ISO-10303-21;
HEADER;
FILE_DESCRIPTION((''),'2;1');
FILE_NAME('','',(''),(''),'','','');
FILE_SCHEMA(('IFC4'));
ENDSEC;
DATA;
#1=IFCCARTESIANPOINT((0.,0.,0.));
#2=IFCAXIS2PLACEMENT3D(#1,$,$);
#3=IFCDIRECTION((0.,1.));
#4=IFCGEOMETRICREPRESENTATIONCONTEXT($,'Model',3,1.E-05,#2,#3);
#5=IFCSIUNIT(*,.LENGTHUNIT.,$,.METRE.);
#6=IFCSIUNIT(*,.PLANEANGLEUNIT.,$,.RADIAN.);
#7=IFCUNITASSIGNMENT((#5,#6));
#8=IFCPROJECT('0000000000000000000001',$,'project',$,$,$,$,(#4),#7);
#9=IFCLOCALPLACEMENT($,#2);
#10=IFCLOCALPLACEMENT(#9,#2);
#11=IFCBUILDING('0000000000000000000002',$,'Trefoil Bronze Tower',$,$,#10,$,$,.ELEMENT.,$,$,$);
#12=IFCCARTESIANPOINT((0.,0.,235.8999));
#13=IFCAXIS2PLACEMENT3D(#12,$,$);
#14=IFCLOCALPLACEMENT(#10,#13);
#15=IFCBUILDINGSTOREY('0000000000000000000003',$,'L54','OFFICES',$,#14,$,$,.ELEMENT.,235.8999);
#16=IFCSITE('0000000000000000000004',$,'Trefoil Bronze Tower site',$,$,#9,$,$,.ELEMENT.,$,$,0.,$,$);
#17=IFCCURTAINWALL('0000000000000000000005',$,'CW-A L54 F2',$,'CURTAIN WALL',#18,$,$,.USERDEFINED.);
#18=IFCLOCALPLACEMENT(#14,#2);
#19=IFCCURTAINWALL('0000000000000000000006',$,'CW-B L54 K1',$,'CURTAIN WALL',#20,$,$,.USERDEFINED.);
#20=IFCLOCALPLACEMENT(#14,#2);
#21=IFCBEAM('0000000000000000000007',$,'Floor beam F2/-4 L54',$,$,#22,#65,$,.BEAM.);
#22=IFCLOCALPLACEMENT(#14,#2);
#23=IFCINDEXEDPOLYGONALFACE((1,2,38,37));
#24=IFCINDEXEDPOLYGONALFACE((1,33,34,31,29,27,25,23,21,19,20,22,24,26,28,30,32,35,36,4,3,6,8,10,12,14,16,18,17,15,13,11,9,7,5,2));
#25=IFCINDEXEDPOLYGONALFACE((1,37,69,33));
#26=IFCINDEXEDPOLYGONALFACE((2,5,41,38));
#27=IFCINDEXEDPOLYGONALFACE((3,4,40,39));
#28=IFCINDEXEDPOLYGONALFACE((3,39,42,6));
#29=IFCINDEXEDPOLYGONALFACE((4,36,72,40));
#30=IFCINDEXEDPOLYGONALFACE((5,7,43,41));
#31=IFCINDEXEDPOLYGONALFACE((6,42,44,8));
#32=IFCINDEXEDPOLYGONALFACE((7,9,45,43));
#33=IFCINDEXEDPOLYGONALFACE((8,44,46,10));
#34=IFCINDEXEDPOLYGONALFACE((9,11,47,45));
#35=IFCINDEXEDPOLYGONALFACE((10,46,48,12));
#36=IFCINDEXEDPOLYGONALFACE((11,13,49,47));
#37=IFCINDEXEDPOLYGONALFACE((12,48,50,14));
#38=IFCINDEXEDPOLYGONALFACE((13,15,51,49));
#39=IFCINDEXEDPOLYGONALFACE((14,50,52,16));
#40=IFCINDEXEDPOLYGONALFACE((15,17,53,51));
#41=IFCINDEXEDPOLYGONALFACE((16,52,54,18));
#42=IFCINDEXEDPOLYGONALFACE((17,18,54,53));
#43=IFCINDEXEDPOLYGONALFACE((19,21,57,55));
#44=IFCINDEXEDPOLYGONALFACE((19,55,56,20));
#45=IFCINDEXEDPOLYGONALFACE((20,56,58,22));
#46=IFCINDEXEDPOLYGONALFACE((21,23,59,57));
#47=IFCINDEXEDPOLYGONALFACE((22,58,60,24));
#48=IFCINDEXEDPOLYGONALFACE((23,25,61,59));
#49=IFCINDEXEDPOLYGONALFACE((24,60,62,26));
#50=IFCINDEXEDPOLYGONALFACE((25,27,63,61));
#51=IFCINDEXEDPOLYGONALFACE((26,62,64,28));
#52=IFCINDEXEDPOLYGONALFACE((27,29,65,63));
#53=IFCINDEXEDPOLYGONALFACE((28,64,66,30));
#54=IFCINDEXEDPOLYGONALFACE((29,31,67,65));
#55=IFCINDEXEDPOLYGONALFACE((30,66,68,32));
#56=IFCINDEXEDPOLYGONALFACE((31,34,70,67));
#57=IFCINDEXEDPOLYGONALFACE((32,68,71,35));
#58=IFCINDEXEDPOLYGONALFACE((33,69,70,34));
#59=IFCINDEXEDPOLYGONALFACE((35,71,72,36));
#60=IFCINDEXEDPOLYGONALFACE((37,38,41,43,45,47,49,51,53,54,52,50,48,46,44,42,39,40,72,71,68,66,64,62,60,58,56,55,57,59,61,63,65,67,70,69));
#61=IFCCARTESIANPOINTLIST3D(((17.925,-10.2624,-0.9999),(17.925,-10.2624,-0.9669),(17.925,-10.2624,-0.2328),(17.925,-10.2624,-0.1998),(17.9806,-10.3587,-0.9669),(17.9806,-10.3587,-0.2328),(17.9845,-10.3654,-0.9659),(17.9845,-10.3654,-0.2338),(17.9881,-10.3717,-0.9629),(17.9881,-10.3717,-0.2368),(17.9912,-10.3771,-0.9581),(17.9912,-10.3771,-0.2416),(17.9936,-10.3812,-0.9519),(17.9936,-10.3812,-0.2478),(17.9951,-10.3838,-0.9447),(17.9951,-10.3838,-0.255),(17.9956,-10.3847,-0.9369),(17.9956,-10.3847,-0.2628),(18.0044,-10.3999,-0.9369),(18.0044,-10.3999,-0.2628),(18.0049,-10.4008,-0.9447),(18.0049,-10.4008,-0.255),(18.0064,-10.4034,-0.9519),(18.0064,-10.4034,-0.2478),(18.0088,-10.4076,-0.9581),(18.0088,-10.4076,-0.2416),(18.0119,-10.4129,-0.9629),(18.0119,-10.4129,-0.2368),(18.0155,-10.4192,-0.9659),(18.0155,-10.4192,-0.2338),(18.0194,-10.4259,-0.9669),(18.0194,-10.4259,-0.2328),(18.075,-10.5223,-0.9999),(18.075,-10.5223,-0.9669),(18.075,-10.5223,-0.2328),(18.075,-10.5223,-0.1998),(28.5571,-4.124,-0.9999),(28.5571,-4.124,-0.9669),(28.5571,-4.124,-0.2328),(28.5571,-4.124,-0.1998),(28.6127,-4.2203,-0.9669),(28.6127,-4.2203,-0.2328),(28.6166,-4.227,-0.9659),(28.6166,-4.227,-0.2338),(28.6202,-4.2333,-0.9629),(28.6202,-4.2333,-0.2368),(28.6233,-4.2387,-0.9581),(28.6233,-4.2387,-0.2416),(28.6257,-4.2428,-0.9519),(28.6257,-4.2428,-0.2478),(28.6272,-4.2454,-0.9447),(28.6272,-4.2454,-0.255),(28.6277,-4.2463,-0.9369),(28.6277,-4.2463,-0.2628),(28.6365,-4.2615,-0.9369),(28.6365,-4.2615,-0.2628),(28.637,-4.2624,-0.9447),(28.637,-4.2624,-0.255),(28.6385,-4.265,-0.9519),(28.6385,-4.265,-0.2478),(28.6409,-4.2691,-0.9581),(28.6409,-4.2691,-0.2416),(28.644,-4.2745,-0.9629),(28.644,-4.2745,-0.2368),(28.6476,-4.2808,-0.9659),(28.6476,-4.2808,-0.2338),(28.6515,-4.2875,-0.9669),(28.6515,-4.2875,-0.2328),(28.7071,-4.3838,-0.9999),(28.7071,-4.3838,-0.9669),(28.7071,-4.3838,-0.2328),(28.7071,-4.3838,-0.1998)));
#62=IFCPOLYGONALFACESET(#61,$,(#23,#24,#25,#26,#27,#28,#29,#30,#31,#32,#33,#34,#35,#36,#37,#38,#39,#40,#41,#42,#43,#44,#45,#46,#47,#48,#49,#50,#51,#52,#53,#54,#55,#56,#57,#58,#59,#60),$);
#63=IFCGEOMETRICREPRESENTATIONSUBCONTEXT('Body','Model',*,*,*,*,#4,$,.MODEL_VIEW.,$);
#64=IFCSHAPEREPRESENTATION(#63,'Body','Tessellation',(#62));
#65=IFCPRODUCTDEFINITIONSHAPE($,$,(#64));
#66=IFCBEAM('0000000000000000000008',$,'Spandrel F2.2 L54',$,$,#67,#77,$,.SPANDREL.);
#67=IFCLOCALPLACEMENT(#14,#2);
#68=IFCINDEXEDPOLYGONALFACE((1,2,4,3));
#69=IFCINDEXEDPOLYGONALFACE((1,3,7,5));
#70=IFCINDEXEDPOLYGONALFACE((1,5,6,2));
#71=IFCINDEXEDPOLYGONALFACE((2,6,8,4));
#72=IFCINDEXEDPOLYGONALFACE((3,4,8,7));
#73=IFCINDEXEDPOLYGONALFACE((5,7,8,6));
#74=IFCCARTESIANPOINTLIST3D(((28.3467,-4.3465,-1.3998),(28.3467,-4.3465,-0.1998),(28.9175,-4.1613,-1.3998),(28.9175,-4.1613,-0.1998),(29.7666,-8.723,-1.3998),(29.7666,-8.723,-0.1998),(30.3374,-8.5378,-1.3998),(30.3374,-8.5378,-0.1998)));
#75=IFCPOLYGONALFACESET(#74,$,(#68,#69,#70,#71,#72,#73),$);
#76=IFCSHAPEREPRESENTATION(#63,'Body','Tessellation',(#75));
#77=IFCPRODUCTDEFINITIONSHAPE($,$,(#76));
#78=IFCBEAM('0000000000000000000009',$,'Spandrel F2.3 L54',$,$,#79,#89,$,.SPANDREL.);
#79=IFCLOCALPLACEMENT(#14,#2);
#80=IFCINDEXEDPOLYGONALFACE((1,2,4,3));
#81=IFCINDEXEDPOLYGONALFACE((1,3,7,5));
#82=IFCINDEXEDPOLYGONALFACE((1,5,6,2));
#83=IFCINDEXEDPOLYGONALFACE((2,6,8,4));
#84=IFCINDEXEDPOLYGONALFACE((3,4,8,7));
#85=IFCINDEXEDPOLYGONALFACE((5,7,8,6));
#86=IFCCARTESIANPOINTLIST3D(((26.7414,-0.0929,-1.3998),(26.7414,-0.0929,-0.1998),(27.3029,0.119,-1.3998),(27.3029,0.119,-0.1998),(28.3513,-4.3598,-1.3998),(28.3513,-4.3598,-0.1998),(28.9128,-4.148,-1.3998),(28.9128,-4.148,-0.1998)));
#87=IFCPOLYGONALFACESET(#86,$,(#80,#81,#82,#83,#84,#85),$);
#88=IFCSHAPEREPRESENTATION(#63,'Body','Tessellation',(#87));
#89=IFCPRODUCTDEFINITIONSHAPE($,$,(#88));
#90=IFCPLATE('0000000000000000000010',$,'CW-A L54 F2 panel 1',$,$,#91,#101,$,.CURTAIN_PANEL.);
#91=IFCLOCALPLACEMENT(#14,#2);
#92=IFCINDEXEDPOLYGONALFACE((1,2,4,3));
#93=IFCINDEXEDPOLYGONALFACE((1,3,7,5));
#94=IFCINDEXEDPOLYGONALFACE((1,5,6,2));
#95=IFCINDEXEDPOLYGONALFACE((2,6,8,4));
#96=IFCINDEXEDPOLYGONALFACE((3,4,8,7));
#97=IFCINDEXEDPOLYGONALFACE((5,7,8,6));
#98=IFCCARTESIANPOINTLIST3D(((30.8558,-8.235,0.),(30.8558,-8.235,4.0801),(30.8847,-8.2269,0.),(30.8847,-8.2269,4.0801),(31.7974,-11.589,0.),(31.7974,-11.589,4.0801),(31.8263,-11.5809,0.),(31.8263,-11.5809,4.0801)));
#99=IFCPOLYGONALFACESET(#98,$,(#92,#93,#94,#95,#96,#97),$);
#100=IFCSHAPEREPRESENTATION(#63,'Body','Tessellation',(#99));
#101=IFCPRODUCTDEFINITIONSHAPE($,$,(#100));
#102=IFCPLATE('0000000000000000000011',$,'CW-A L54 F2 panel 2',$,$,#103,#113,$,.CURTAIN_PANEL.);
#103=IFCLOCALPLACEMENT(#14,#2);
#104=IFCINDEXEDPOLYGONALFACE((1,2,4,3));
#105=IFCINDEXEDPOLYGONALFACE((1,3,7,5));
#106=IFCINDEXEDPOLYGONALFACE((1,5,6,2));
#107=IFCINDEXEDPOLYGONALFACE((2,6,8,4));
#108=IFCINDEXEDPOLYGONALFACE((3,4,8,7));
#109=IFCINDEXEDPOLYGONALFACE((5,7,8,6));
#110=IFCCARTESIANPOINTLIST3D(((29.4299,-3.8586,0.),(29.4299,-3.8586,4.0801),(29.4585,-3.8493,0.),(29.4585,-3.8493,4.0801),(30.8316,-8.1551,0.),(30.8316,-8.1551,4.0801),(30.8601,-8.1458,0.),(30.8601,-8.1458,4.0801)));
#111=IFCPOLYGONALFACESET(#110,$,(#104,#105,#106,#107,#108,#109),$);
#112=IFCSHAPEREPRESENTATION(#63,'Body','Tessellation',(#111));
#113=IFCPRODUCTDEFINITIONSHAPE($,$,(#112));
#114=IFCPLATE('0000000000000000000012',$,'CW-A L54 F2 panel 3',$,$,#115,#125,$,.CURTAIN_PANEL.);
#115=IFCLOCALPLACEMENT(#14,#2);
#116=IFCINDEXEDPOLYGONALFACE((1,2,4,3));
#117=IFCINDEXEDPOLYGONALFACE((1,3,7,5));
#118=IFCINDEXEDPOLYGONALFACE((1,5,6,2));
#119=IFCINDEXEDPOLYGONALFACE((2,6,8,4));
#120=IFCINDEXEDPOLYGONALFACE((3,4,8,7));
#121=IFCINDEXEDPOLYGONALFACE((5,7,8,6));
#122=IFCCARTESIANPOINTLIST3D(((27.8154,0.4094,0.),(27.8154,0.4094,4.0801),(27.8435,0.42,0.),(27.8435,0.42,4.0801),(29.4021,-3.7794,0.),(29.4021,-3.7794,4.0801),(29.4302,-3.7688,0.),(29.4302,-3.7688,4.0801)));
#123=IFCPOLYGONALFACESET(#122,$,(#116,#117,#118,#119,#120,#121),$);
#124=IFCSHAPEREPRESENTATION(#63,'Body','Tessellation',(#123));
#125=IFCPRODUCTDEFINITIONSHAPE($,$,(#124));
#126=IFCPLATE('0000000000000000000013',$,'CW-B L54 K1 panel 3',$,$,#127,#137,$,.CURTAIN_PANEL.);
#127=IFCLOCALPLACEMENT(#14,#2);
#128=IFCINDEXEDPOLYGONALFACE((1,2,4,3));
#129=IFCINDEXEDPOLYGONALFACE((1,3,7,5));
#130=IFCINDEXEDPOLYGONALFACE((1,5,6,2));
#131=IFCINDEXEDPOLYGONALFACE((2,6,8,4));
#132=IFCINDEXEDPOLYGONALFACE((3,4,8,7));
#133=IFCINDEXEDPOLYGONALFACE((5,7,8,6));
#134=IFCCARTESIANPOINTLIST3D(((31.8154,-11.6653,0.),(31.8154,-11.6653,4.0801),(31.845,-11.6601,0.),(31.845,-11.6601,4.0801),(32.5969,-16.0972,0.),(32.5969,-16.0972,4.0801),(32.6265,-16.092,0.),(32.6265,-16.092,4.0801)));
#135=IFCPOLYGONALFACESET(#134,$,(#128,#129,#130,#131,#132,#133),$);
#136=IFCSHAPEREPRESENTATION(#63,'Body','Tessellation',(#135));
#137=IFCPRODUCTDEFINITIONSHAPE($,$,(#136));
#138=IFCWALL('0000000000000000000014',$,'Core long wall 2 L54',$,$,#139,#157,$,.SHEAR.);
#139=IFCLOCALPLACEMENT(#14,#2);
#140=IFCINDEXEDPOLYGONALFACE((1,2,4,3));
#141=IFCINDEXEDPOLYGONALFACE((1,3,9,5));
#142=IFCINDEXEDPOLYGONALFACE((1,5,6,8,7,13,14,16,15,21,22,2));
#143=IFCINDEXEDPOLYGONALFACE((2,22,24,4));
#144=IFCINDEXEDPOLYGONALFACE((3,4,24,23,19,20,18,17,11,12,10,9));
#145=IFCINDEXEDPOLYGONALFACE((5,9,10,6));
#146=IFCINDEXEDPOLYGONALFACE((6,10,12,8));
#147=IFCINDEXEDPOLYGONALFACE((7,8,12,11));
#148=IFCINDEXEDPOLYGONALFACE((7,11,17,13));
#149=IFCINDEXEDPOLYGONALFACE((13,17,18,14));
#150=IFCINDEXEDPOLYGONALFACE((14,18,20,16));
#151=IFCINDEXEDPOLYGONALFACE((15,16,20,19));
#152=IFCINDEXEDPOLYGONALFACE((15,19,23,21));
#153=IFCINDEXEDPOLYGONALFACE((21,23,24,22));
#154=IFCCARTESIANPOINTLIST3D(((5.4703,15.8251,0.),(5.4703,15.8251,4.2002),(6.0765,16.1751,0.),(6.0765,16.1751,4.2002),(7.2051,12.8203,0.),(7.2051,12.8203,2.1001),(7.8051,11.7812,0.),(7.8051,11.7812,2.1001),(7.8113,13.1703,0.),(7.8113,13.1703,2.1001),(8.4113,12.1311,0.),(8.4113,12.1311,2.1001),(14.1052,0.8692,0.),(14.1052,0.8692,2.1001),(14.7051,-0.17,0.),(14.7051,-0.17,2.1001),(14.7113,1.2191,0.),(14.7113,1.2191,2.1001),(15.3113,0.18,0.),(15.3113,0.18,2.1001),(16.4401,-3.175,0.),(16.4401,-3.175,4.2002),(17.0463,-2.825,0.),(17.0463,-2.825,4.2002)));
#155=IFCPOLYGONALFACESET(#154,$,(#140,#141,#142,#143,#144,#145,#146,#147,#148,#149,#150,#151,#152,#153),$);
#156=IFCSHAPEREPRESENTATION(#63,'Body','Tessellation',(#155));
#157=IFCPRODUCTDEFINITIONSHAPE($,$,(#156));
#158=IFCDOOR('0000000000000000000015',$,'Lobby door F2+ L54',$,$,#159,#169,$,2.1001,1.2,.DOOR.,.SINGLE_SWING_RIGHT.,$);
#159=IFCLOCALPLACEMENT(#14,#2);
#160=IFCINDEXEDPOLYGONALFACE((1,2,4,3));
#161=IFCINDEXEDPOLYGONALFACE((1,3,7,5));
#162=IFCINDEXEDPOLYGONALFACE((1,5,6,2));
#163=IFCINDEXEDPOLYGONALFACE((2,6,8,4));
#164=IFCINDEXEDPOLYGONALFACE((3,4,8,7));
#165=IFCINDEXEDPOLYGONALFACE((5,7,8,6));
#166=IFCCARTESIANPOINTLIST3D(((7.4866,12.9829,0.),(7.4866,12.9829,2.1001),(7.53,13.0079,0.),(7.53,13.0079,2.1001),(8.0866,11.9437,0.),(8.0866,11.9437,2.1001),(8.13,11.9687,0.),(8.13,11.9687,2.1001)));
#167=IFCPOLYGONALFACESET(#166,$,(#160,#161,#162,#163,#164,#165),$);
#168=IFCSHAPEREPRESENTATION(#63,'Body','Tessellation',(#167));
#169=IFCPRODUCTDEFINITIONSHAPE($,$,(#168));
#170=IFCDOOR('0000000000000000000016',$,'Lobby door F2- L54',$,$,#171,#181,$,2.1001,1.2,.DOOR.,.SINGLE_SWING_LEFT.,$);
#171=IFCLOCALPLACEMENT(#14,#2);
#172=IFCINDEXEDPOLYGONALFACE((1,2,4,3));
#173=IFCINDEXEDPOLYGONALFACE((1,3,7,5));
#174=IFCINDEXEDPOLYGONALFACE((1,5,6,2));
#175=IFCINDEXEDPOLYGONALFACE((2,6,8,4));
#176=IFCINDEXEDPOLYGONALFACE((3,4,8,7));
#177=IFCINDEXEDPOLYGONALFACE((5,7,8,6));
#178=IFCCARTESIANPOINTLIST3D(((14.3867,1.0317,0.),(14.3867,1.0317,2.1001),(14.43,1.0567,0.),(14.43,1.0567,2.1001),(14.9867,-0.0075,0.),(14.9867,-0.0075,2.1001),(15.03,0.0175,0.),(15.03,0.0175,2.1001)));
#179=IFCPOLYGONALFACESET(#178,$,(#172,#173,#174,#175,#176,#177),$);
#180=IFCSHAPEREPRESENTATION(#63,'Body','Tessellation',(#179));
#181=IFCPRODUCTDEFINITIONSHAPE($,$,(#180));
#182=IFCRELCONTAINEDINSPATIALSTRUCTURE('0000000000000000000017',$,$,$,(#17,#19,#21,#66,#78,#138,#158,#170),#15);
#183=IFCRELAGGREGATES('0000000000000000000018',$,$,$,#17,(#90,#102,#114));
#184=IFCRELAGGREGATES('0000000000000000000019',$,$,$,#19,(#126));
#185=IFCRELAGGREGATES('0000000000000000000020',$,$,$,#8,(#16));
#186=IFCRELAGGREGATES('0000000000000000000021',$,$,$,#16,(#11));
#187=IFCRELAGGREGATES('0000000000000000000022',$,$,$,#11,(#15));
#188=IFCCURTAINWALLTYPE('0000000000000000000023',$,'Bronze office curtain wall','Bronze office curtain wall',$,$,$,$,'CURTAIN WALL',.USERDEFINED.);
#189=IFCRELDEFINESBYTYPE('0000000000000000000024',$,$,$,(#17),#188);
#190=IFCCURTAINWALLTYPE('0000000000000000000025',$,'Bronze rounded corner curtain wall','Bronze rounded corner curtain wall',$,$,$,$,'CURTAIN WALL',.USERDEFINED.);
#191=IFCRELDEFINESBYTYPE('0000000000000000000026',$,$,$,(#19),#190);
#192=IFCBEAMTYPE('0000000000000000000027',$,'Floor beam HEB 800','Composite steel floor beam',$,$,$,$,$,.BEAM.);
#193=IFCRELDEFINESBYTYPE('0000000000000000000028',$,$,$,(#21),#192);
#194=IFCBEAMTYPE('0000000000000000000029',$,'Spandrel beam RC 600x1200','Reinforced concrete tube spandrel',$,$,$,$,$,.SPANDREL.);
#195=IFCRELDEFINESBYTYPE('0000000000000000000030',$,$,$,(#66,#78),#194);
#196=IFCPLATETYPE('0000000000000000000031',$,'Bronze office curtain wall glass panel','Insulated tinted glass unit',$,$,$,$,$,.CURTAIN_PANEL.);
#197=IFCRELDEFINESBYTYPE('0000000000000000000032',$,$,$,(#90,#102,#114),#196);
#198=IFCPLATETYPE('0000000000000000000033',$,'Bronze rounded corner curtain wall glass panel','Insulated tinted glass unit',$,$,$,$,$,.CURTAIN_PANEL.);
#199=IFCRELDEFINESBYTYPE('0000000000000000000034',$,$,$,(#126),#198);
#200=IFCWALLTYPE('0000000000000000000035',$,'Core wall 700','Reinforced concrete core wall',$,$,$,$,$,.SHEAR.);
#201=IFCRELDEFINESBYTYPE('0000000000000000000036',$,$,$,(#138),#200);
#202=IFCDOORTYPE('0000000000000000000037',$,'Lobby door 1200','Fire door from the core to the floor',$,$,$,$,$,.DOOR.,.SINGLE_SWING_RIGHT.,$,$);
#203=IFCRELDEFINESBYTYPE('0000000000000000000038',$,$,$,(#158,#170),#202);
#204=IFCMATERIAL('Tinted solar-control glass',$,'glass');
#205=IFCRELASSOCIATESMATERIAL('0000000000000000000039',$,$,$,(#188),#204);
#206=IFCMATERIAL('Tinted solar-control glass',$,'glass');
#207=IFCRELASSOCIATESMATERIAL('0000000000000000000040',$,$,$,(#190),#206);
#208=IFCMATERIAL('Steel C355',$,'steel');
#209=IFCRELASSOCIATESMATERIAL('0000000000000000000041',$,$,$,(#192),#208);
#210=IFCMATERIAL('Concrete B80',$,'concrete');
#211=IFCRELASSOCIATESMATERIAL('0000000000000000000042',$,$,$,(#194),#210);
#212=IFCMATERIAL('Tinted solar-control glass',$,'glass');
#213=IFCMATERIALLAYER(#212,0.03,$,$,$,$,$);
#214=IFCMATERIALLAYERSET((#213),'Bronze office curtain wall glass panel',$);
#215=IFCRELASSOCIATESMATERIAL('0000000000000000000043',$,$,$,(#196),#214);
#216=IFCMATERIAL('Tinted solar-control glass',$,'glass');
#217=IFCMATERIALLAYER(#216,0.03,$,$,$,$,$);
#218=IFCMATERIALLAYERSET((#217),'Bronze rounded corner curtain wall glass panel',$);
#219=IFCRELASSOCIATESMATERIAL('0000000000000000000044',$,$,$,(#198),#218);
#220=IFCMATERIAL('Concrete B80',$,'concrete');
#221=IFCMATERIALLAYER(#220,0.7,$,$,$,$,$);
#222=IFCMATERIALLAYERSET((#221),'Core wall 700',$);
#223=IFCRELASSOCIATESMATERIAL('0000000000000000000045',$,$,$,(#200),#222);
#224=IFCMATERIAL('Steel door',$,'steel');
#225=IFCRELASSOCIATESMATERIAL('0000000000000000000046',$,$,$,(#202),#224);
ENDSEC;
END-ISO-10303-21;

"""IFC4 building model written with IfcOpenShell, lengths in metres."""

from ifc_helpers import new_model, si_unit, direction, frame, frame_2d, origin, origin_2d, place, context, subcontext, project, spatial, rectangle, i_section, extrude, material, layer, layer_set, material_profile, profile_set, type_object, element, fill, aggregate, save


model = new_model("IFC4")

# Units and contexts
model_context = context("Model", 3, precision=1e-05, world=origin(), true_north=direction((0.0, 1.0)))
body_context = subcontext(model_context, "Body", "Model", "MODEL_VIEW")
ifc_project = project(units=[si_unit("LENGTHUNIT", "METRE"), si_unit("PLANEANGLEUNIT", "RADIAN")], contexts=[model_context])

# Site, building, storey
site_placement = place(None, origin())
site = spatial("IfcSite", under=ifc_project, at=site_placement, Name="Trefoil Bronze Tower site", CompositionType="ELEMENT", RefElevation=0.0)
building_placement = place(site_placement, origin())
building = spatial("IfcBuilding", under=site, at=building_placement, Name="Trefoil Bronze Tower", CompositionType="ELEMENT")
storey_placement = place(building_placement, frame((0.0, 0.0, 235.8999)))
storey = spatial("IfcBuildingStorey", under=building, at=storey_placement, Name="L54", Description="OFFICES", CompositionType="ELEMENT", Elevation=235.8999)

# Curtain walls
ifc_material_1 = material(Name="Tinted solar-control glass", Category="glass")
curtain_wall_type_1 = type_object("IfcCurtainWallType", Name="Bronze office curtain wall", Description="Bronze office curtain wall", ElementType="CURTAIN WALL", PredefinedType="USERDEFINED", material=ifc_material_1)
curtain_wall_1_placement = place(storey_placement, origin())
curtain_wall_1 = element("IfcCurtainWall", 1, at=curtain_wall_1_placement, inside=storey, type_object=curtain_wall_type_1, Name="CW-A L54 F2", ObjectType="CURTAIN WALL", PredefinedType="USERDEFINED")
ifc_material_2 = material(Name="Tinted solar-control glass", Category="glass")
curtain_wall_type_2 = type_object("IfcCurtainWallType", Name="Bronze rounded corner curtain wall", Description="Bronze rounded corner curtain wall", ElementType="CURTAIN WALL", PredefinedType="USERDEFINED", material=ifc_material_2)
curtain_wall_2_placement = place(storey_placement, origin())
curtain_wall_2 = element("IfcCurtainWall", 2, at=curtain_wall_2_placement, inside=storey, type_object=curtain_wall_type_2, Name="CW-B L54 K1", ObjectType="CURTAIN WALL", PredefinedType="USERDEFINED")

# Beams
ifc_material_3 = material(Name="Steel C355", Category="steel")
ifc_material_profile_1 = material_profile(ifc_material_3, i_section(OverallWidth=0.3, OverallDepth=0.8, WebThickness=0.0176, FlangeThickness=0.033, FilletRadius=0.03, at=origin_2d()), Name="HEB 800")
ifc_profile_set_1 = profile_set([ifc_material_profile_1], Name="Steel C355")
beam_type_1 = type_object("IfcBeamType", Name="Floor beam HEB 800", Description="Composite steel floor beam", PredefinedType="BEAM", material=ifc_profile_set_1)
beam_1_placement = place(storey_placement, frame((28.6321, -4.2539, -0.5999), z_axis=(-0.866026, -0.5, 0.0), x_axis=(0.5, -0.866026, 0.0)))
element("IfcBeam", 3, at=beam_1_placement, inside=storey, type_object=beam_type_1, Name="Floor beam F2/-4 L54", PredefinedType="BEAM", context=body_context, shape_type="SweptSolid", body=[
    extrude(i_section(OverallWidth=0.3, OverallDepth=0.8, WebThickness=0.0176, FlangeThickness=0.033, FilletRadius=0.03, at=origin_2d()), origin(), (0.0, 0.0, 1.0), 12.2769),
])
ifc_material_4 = material(Name="Concrete B80", Category="concrete")
ifc_material_profile_2 = material_profile(ifc_material_4, rectangle(XDim=0.6001, YDim=1.2, at=origin_2d()), Name="RC 600x1200")
ifc_profile_set_2 = profile_set([ifc_material_profile_2], Name="Concrete B80")
beam_type_2 = type_object("IfcBeamType", Name="Spandrel beam RC 600x1200", Description="Reinforced concrete tube spandrel", PredefinedType="SPANDREL", material=ifc_profile_set_2)
beam_2_placement = place(storey_placement, frame((30.052, -8.6304, -0.7998), z_axis=(-0.308609, 0.951189, 0.0), x_axis=(-0.951189, -0.308609, 0.0)))
element("IfcBeam", 4, at=beam_2_placement, inside=storey, type_object=beam_type_2, Name="Spandrel F2.2 L54", PredefinedType="SPANDREL", context=body_context, shape_type="SweptSolid", body=[
    extrude(rectangle(XDim=0.6001, YDim=1.2, at=origin_2d()), origin(), (0.0, 0.0, 1.0), 4.6011),
])
beam_3_placement = place(storey_placement, frame((28.6321, -4.2539, -0.7998), z_axis=(-0.353006, 0.935621, 0.0), x_axis=(-0.935621, -0.353006, 0.0)))
element("IfcBeam", 5, at=beam_3_placement, inside=storey, type_object=beam_type_2, Name="Spandrel F2.3 L54", PredefinedType="SPANDREL", context=body_context, shape_type="SweptSolid", body=[
    extrude(rectangle(XDim=0.6001, YDim=1.2, at=origin_2d()), origin(), (0.0, 0.0, 1.0), 4.5605),
])

# Plates
ifc_material_5 = material(Name="Tinted solar-control glass", Category="glass")
ifc_layer_1 = layer(ifc_material_5, 0.03)
ifc_layer_set_1 = layer_set([ifc_layer_1], Name="Bronze office curtain wall glass panel")
plate_type_1 = type_object("IfcPlateType", Name="Bronze office curtain wall glass panel", Description="Insulated tinted glass unit", PredefinedType="CURTAIN_PANEL", material=ifc_layer_set_1)
plate_1_placement = place(storey_placement, frame((31.3411, -9.908, 0.0), z_axis=(0.0, 0.0, 1.0), x_axis=(-0.270282, 0.962781, 0.0)))
plate_1 = element("IfcPlate", 6, at=plate_1_placement, type_object=plate_type_1, Name="CW-A L54 F2 panel 1", PredefinedType="CURTAIN_PANEL", context=body_context, shape_type="SweptSolid", body=[
    extrude(rectangle(XDim=3.4836, YDim=0.03, at=origin_2d()), origin(), (0.0, 0.0, 1.0), 4.0801),
])
plate_2_placement = place(storey_placement, frame((30.145, -6.0022, 0.0), z_axis=(0.0, 0.0, 1.0), x_axis=(-0.310149, 0.950688, 0.0)))
plate_2 = element("IfcPlate", 7, at=plate_2_placement, type_object=plate_type_1, Name="CW-A L54 F2 panel 2", PredefinedType="CURTAIN_PANEL", context=body_context, shape_type="SweptSolid", body=[
    extrude(rectangle(XDim=4.5193, YDim=0.03, at=origin_2d()), origin(), (0.0, 0.0, 1.0), 4.0801),
])
plate_3_placement = place(storey_placement, frame((28.6228, -1.6797, 0.0), z_axis=(0.0, 0.0, 1.0), x_axis=(-0.354234, 0.935157, 0.0)))
plate_3 = element("IfcPlate", 8, at=plate_3_placement, type_object=plate_type_1, Name="CW-A L54 F2 panel 3", PredefinedType="CURTAIN_PANEL", context=body_context, shape_type="SweptSolid", body=[
    extrude(rectangle(XDim=4.4792, YDim=0.03, at=origin_2d()), origin(), (0.0, 0.0, 1.0), 4.0801),
])
aggregate(curtain_wall_1, [plate_1, plate_2, plate_3])
ifc_material_6 = material(Name="Tinted solar-control glass", Category="glass")
ifc_layer_2 = layer(ifc_material_6, 0.03)
ifc_layer_set_2 = layer_set([ifc_layer_2], Name="Bronze rounded corner curtain wall glass panel")
plate_type_2 = type_object("IfcPlateType", Name="Bronze rounded corner curtain wall glass panel", Description="Insulated tinted glass unit", PredefinedType="CURTAIN_PANEL", material=ifc_layer_set_2)
plate_4_placement = place(storey_placement, frame((32.2209, -13.8787, 0.0), z_axis=(0.0, 0.0, 1.0), x_axis=(-0.173648, 0.984808, 0.0)))
plate_4 = element("IfcPlate", 9, at=plate_4_placement, type_object=plate_type_2, Name="CW-B L54 K1 panel 3", PredefinedType="CURTAIN_PANEL", context=body_context, shape_type="SweptSolid", body=[
    extrude(rectangle(XDim=4.5002, YDim=0.03, at=origin_2d()), origin(), (0.0, 0.0, 1.0), 4.0801),
])
aggregate(curtain_wall_2, [plate_4])

# Wall, openings, doors
ifc_material_7 = material(Name="Concrete B80", Category="concrete")
ifc_layer_3 = layer(ifc_material_7, 0.7)
ifc_layer_set_3 = layer_set([ifc_layer_3], Name="Core wall 700")
wall_type_1 = type_object("IfcWallType", Name="Core wall 700", Description="Reinforced concrete core wall", PredefinedType="SHEAR", material=ifc_layer_set_3)
wall_1_placement = place(storey_placement, frame((16.7432, -3.0, 0.0), z_axis=(0.0, 0.0, 1.0), x_axis=(-0.500002, 0.866024, 0.0)))
wall_1 = element("IfcWall", 10, at=wall_1_placement, inside=storey, type_object=wall_type_1, Name="Core long wall 2 L54", PredefinedType="SHEAR", context=body_context, shape_type="SweptSolid", body=[
    extrude(rectangle(XDim=21.9395, YDim=0.7, at=frame_2d((10.9697, 0.0))), origin(), (0.0, 0.0, 1.0), 4.2002),
])
opening_1_placement = place(wall_1_placement, frame((17.2698, 0.0, 0.0)))
opening_1 = element("IfcOpeningElement", 11, at=opening_1_placement, cuts=wall_1, PredefinedType="OPENING", context=body_context, shape_type="SweptSolid", body=[
    extrude(rectangle(XDim=1.2, YDim=2.1001, at=frame_2d((0.6001, 1.05))), frame((0.0, 0.3599, 0.0), z_axis=(0.0, -1.0, 0.0), x_axis=(1.0, 0.0, 0.0)), (0.0, 0.0, 1.0), 0.72),
])
opening_2_placement = place(wall_1_placement, frame((3.4697, 0.0, 0.0)))
opening_2 = element("IfcOpeningElement", 12, at=opening_2_placement, cuts=wall_1, PredefinedType="OPENING", context=body_context, shape_type="SweptSolid", body=[
    extrude(rectangle(XDim=1.2, YDim=2.1001, at=frame_2d((0.6001, 1.05))), frame((0.0, 0.3599, 0.0), z_axis=(0.0, -1.0, 0.0), x_axis=(1.0, 0.0, 0.0)), (0.0, 0.0, 1.0), 0.72),
])
ifc_material_8 = material(Name="Steel door", Category="steel")
door_type_1 = type_object("IfcDoorType", Name="Lobby door 1200", Description="Fire door from the core to the floor", OperationType="SINGLE_SWING_RIGHT", PredefinedType="DOOR", material=ifc_material_8)
door_1_placement = place(opening_1_placement, origin())
door_1 = element("IfcDoor", 13, at=door_1_placement, inside=storey, type_object=door_type_1, Name="Lobby door F2+ L54", OperationType="SINGLE_SWING_RIGHT", OverallHeight=2.1001, OverallWidth=1.2, PredefinedType="DOOR", context=body_context, shape_type="SweptSolid", body=[
    extrude(rectangle(XDim=1.2, YDim=2.1001, at=frame_2d((0.6001, 1.05))), frame((0.0, 0.0249, 0.0), z_axis=(0.0, -1.0, 0.0), x_axis=(1.0, 0.0, 0.0)), (0.0, 0.0, 1.0), 0.05),
])
fill(opening_1, door_1)
door_2_placement = place(opening_2_placement, origin())
door_2 = element("IfcDoor", 14, at=door_2_placement, inside=storey, type_object=door_type_1, Name="Lobby door F2- L54", OperationType="SINGLE_SWING_LEFT", OverallHeight=2.1001, OverallWidth=1.2, PredefinedType="DOOR", context=body_context, shape_type="SweptSolid", body=[
    extrude(rectangle(XDim=1.2, YDim=2.1001, at=frame_2d((0.6001, 1.05))), frame((0.0, 0.0249, 0.0), z_axis=(0.0, -1.0, 0.0), x_axis=(1.0, 0.0, 0.0)), (0.0, 0.0, 1.0), 0.05),
])
fill(opening_2, door_2)

save(model, "model.ifc")
